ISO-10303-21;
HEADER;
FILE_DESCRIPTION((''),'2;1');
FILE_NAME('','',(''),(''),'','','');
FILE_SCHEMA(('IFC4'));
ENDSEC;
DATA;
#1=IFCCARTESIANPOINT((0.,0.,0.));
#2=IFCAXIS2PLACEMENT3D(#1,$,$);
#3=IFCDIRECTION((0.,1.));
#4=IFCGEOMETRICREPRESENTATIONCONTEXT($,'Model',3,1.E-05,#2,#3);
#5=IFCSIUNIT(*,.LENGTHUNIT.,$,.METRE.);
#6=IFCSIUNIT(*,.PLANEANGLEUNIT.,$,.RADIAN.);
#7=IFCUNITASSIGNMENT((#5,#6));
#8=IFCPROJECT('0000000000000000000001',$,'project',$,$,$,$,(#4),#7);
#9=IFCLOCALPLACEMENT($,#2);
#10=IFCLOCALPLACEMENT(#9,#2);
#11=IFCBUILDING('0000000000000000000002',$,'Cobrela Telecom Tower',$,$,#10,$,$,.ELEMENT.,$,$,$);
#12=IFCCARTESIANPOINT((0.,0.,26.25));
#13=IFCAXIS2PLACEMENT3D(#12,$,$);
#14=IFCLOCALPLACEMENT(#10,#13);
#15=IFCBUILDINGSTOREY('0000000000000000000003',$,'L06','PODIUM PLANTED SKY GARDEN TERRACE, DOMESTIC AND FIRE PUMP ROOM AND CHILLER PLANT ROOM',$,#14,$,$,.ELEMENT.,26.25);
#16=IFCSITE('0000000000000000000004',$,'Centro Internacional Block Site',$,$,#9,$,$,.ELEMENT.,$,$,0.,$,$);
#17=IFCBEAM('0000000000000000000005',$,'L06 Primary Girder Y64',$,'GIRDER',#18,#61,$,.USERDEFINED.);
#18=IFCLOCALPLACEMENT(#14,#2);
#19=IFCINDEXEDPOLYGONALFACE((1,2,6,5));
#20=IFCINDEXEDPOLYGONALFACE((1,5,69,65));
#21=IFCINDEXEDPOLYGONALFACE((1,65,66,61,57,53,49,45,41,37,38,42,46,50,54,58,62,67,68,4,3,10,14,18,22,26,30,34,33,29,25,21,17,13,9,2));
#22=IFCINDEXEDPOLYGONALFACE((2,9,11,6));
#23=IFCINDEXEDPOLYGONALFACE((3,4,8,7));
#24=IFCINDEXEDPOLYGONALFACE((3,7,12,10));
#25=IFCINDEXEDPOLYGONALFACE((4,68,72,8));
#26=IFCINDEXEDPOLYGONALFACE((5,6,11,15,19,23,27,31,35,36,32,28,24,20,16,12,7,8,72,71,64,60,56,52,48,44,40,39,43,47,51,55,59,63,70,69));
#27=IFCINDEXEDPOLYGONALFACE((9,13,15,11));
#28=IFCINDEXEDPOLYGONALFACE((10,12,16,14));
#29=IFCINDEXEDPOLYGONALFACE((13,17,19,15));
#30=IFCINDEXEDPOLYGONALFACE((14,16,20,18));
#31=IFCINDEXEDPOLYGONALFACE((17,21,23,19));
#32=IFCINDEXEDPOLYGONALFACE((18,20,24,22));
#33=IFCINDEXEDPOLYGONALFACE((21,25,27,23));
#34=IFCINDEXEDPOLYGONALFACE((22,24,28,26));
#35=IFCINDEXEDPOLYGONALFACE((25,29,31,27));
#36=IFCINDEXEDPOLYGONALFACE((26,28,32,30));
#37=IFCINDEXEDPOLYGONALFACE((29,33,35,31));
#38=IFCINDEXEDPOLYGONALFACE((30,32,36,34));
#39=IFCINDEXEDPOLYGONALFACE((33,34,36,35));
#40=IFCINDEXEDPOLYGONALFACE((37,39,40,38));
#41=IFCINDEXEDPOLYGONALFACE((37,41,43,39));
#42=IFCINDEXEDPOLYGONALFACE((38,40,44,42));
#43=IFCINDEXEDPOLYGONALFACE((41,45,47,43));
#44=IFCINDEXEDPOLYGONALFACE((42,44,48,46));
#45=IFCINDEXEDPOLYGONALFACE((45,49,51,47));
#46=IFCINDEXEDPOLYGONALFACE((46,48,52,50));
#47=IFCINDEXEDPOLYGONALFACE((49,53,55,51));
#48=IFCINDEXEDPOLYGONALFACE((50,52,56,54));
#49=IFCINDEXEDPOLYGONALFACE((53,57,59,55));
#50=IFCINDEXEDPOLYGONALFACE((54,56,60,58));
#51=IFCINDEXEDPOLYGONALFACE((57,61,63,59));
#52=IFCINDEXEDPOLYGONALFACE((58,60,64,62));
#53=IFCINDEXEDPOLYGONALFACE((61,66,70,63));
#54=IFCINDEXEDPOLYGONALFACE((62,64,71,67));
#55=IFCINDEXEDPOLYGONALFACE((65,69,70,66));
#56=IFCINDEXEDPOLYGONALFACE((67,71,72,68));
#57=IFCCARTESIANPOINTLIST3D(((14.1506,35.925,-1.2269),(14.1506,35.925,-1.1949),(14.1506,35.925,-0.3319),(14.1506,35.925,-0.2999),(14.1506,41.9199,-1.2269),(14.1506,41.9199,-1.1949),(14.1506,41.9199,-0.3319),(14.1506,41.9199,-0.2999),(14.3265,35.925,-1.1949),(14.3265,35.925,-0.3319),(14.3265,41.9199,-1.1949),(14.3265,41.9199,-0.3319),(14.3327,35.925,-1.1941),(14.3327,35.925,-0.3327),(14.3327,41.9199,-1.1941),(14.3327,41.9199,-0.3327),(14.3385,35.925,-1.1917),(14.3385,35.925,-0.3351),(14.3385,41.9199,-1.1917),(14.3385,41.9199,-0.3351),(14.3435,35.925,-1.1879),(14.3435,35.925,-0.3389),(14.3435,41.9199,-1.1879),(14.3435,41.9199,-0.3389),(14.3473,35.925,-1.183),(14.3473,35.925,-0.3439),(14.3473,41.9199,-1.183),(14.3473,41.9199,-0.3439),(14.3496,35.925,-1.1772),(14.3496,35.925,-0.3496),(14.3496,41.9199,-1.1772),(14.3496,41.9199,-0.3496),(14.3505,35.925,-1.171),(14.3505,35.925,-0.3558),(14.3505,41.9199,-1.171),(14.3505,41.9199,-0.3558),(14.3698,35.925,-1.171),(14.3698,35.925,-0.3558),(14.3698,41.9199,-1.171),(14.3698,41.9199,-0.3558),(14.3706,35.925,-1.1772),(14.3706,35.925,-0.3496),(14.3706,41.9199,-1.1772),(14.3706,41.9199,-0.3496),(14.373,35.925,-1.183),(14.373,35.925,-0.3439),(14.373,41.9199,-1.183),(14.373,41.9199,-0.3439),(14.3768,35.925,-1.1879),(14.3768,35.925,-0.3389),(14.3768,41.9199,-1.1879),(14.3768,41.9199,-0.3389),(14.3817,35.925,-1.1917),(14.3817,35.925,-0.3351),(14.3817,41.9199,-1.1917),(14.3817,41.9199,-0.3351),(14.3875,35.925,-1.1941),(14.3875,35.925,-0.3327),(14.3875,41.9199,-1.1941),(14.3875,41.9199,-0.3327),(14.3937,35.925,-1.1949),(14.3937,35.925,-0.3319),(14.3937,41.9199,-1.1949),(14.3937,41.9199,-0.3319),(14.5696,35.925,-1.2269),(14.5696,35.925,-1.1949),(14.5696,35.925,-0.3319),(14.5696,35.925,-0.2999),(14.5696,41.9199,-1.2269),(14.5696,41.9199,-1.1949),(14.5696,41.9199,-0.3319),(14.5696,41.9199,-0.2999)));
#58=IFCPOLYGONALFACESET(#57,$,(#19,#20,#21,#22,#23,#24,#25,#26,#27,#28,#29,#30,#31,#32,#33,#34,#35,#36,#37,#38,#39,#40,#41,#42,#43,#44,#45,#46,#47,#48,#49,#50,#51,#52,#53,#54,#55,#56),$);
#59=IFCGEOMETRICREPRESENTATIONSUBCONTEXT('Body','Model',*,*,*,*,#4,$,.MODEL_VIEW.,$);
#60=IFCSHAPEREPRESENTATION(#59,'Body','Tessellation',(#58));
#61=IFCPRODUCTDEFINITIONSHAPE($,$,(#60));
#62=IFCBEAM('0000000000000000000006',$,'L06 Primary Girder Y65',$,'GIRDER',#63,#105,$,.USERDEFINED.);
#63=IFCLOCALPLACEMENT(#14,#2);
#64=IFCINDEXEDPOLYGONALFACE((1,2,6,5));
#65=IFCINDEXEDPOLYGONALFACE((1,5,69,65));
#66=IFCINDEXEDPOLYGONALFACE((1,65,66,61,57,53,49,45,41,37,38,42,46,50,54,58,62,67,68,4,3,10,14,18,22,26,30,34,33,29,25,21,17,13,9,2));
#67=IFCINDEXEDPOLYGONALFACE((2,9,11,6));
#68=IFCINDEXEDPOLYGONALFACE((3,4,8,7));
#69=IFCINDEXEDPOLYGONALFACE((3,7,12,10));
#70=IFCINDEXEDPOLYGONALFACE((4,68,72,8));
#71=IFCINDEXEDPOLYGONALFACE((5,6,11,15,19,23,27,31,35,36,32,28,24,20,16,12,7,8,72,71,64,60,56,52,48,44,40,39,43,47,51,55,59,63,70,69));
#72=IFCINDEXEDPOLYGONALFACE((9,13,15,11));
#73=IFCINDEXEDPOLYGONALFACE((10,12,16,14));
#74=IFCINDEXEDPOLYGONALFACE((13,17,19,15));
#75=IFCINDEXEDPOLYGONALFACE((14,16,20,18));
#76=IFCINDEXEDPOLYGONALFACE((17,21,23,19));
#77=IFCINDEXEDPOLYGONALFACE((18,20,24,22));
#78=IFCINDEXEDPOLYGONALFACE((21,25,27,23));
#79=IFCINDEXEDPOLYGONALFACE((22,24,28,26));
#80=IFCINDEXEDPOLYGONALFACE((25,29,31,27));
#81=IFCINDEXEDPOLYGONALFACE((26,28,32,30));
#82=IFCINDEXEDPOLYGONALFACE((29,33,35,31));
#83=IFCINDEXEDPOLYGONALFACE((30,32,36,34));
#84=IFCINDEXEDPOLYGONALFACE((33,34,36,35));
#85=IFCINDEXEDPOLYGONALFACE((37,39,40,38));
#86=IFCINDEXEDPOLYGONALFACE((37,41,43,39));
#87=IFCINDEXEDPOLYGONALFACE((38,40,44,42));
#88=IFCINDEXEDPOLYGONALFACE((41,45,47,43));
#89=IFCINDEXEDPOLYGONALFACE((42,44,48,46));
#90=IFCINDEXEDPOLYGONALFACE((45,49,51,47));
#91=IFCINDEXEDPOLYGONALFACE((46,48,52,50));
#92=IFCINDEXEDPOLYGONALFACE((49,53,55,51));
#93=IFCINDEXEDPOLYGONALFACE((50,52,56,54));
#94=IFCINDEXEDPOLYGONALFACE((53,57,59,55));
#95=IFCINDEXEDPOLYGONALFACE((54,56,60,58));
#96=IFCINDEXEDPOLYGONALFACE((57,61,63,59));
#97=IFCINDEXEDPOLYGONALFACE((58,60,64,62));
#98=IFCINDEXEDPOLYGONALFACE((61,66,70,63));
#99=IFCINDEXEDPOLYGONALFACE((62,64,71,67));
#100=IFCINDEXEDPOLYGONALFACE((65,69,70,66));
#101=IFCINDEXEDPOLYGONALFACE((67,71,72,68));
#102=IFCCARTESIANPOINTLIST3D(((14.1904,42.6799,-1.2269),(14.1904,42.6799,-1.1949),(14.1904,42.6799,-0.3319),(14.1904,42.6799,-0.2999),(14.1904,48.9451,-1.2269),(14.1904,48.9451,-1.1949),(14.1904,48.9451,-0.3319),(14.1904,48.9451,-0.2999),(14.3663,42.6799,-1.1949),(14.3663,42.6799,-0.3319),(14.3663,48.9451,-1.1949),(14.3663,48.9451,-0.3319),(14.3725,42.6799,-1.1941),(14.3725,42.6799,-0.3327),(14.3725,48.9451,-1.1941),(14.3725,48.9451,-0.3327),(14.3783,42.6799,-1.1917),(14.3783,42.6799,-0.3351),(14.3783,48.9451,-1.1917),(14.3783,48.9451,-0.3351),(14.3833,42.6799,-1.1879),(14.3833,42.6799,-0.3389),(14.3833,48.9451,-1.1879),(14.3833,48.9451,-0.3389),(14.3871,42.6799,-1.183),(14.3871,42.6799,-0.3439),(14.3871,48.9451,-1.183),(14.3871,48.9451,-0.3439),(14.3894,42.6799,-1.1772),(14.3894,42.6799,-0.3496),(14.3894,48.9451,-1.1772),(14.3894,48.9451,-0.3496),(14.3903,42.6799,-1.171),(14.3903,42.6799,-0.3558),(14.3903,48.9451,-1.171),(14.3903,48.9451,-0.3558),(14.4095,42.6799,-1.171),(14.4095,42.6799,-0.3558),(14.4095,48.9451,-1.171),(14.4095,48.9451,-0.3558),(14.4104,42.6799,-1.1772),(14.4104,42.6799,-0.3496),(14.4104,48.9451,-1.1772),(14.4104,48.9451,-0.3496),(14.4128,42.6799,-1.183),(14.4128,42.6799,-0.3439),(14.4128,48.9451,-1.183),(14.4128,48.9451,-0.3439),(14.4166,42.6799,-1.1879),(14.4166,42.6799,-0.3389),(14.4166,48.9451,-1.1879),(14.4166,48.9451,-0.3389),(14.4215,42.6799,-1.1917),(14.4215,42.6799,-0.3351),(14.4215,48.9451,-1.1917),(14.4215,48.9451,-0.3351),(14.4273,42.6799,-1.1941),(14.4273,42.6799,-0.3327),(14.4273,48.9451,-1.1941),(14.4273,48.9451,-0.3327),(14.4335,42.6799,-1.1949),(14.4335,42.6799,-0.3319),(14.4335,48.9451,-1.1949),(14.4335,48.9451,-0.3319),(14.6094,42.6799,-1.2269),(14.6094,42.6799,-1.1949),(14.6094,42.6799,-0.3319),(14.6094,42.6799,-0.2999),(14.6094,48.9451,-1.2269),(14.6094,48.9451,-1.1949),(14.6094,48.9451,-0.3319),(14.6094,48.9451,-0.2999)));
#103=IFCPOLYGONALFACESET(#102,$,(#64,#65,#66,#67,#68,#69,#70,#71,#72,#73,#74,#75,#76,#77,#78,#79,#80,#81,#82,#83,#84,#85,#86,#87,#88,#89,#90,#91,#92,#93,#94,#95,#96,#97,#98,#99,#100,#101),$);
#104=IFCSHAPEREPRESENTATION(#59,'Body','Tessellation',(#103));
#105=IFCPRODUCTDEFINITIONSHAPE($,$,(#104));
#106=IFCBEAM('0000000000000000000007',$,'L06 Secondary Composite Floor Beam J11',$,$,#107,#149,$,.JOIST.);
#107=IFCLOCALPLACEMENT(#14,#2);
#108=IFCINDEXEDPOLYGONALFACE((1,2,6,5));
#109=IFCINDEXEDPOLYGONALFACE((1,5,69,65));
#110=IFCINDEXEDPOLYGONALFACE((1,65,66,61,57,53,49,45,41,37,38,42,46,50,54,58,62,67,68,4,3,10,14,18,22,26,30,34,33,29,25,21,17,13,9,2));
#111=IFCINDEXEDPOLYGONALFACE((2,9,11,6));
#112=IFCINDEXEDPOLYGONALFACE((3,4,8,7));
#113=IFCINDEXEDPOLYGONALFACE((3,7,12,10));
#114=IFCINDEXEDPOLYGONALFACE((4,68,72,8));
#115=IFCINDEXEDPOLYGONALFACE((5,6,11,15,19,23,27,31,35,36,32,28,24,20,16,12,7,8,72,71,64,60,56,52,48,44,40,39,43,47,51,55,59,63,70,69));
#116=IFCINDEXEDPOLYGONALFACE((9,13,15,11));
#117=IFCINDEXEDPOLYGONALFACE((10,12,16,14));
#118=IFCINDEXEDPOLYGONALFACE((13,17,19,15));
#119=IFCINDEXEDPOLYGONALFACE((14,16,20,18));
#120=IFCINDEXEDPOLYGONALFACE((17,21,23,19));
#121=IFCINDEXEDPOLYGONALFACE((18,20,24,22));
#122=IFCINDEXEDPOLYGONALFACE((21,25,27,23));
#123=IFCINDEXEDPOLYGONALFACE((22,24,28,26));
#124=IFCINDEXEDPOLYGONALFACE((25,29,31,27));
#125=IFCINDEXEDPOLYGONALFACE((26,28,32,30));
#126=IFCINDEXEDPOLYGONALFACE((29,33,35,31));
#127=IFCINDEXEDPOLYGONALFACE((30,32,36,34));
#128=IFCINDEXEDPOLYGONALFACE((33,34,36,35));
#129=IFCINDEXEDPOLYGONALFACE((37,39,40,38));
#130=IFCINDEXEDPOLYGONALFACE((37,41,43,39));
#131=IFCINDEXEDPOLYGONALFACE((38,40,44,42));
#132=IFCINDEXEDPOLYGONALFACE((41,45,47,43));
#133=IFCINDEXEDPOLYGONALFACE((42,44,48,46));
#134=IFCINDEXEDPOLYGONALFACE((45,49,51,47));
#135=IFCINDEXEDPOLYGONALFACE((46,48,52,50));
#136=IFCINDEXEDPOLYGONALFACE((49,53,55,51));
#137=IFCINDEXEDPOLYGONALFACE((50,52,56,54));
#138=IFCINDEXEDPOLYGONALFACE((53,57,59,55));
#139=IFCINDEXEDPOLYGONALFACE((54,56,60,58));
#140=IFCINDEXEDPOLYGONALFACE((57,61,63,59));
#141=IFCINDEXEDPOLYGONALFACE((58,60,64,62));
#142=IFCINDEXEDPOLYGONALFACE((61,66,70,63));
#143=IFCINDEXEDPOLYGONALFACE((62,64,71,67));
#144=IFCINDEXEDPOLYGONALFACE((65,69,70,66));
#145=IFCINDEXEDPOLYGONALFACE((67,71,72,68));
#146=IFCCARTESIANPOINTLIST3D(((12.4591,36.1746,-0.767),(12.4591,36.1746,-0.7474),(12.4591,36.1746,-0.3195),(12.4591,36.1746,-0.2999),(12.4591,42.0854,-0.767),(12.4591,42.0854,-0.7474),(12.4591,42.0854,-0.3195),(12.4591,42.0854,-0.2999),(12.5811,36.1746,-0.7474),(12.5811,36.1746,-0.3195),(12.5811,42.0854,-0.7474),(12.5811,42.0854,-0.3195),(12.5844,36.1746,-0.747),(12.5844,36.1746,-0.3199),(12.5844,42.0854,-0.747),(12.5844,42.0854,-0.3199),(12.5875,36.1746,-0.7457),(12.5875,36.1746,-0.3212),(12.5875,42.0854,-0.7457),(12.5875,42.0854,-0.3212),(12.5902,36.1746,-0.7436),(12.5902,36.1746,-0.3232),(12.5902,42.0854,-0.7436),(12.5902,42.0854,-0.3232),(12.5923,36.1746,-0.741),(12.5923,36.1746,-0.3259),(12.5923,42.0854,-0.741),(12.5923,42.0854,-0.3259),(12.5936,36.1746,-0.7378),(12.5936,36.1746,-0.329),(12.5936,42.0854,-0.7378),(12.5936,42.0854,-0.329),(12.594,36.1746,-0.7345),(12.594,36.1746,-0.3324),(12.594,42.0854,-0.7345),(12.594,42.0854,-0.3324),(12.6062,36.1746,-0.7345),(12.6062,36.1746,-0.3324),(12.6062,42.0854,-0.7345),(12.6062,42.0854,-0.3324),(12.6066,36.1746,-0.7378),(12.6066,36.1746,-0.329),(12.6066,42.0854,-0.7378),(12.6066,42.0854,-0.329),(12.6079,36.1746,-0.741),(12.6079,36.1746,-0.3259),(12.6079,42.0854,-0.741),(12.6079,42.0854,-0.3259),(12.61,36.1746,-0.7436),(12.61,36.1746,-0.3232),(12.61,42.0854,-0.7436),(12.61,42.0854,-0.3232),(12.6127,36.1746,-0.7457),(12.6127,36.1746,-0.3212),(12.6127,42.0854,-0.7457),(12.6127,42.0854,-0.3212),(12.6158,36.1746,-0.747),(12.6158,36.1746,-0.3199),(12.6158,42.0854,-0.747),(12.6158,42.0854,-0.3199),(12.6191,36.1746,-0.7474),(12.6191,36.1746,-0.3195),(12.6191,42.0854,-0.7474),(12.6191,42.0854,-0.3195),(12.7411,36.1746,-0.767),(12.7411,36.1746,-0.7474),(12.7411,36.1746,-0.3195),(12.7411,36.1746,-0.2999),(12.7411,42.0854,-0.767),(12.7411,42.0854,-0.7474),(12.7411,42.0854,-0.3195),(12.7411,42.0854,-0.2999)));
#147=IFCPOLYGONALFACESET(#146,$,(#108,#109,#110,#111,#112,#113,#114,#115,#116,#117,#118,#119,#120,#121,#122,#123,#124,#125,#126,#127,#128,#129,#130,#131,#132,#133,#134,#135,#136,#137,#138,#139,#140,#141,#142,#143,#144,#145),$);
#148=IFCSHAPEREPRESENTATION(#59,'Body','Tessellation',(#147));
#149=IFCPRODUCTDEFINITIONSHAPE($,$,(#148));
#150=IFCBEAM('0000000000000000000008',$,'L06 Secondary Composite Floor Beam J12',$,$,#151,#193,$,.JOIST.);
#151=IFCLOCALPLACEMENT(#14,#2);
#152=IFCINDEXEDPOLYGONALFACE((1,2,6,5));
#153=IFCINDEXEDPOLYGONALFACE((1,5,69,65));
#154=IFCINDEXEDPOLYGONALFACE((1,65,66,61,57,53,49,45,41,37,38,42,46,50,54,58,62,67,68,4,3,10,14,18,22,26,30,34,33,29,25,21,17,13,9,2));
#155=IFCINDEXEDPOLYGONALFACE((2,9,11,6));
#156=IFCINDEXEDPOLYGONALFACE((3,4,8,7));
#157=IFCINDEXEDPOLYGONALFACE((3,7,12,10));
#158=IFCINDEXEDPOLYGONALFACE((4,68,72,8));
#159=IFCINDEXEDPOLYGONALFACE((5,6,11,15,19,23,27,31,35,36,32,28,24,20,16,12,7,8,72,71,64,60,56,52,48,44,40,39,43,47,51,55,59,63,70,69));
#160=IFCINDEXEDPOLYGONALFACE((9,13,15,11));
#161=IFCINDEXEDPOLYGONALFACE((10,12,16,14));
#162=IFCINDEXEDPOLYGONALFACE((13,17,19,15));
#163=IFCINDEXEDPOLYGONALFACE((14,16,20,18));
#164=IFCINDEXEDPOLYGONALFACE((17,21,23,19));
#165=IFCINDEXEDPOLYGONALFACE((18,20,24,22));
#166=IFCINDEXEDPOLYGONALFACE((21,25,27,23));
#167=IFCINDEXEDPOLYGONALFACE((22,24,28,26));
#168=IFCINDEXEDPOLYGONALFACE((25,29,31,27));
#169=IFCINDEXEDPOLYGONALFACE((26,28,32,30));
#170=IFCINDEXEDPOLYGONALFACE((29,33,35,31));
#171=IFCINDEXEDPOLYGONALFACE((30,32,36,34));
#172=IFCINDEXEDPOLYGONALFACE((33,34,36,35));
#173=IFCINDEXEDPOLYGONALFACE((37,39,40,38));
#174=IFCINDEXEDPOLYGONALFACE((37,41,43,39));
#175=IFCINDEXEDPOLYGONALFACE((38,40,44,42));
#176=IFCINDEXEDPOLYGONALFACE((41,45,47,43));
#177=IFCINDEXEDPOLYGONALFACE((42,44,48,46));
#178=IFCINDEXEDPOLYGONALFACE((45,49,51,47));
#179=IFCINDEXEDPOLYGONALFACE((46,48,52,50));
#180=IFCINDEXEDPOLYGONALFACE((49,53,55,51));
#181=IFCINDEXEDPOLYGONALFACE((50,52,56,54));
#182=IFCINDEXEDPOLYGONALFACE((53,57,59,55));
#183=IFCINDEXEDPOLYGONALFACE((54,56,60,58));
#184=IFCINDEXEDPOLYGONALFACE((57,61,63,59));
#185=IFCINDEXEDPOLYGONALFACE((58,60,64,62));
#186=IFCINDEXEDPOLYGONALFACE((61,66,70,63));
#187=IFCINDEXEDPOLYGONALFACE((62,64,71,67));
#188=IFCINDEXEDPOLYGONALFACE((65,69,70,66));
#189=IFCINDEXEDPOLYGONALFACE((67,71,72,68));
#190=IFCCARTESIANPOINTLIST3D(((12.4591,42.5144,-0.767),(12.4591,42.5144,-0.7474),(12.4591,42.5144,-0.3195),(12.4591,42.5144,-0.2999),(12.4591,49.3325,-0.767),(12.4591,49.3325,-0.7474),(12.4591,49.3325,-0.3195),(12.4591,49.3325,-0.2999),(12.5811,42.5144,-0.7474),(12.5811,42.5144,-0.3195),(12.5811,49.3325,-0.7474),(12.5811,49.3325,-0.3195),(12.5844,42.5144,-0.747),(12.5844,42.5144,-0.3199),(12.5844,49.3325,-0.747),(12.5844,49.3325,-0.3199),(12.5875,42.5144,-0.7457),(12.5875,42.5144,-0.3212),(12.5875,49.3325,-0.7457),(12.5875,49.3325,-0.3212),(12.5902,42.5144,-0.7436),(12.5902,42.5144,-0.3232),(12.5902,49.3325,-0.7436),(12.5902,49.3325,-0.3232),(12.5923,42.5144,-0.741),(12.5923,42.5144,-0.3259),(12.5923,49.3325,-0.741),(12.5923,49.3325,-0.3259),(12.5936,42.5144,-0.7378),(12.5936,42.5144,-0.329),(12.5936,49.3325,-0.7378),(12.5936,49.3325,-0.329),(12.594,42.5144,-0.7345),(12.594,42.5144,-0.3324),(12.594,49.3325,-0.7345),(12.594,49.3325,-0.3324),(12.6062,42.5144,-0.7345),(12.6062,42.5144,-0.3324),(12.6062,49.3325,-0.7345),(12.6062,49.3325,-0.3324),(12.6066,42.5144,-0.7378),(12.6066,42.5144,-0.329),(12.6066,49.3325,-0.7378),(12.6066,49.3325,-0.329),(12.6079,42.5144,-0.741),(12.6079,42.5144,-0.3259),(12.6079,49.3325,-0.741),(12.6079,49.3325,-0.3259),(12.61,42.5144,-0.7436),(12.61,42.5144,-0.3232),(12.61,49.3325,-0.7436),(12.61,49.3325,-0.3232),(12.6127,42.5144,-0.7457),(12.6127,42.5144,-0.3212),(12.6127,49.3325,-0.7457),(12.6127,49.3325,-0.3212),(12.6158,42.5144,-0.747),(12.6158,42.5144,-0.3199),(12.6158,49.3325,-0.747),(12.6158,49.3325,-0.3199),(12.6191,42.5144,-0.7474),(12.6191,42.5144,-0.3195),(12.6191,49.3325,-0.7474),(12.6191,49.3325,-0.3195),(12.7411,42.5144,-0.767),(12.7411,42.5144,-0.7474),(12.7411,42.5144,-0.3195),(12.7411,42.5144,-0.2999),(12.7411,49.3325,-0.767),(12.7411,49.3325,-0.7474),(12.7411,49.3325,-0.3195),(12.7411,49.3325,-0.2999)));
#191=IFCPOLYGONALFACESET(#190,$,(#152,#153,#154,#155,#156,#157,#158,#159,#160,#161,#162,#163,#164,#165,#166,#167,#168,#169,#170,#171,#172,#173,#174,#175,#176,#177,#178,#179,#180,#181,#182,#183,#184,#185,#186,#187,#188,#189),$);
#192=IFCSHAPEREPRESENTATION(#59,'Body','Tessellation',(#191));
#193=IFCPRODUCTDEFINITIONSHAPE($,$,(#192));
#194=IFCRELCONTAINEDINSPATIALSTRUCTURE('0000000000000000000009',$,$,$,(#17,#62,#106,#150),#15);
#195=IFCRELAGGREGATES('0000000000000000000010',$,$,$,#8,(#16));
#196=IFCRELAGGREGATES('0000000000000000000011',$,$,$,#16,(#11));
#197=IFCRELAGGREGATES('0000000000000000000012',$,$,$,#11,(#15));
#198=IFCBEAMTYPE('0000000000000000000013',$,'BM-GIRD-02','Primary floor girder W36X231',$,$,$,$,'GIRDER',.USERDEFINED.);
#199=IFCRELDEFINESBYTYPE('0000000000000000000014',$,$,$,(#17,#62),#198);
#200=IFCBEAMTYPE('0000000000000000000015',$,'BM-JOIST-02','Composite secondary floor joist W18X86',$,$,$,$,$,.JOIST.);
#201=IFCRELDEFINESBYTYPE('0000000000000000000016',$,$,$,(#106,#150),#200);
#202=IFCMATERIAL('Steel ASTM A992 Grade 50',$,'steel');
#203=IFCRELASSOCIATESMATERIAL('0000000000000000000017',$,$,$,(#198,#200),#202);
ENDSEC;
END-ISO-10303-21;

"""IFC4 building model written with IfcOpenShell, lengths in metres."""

from ifc_helpers import new_model, si_unit, direction, frame, origin, origin_2d, place, context, subcontext, project, spatial, i_section, extrude, material, material_profile, profile_set, type_object, element, save


model = new_model("IFC4")

# Units and contexts
model_context = context("Model", 3, precision=1e-05, world=origin(), true_north=direction((0.0, 1.0)))
body_context = subcontext(model_context, "Body", "Model", "MODEL_VIEW")
ifc_project = project(units=[si_unit("LENGTHUNIT", "METRE"), si_unit("PLANEANGLEUNIT", "RADIAN")], contexts=[model_context])

# Site, building, storey
site_placement = place(None, origin())
site = spatial("IfcSite", under=ifc_project, at=site_placement, Name="Centro Internacional Block Site", CompositionType="ELEMENT", RefElevation=0.0)
building_placement = place(site_placement, origin())
building = spatial("IfcBuilding", under=site, at=building_placement, Name="Cobrela Telecom Tower", CompositionType="ELEMENT")
storey_placement = place(building_placement, frame((0.0, 0.0, 26.25)))
storey = spatial("IfcBuildingStorey", under=building, at=storey_placement, Name="L06", Description="PODIUM PLANTED SKY GARDEN TERRACE, DOMESTIC AND FIRE PUMP ROOM AND CHILLER PLANT ROOM", CompositionType="ELEMENT", Elevation=26.25)

# Beams
ifc_material_1 = material(Name="Steel ASTM A992 Grade 50", Category="steel")
ifc_material_profile_1 = material_profile(ifc_material_1, i_section(OverallWidth=0.4189, OverallDepth=0.927, WebThickness=0.0193, FlangeThickness=0.032, FilletRadius=0.0239, at=origin_2d()), Name="W36X231")
ifc_profile_set_1 = profile_set([ifc_material_profile_1], Name="Steel ASTM A992 Grade 50")
beam_type_1 = type_object("IfcBeamType", Name="BM-GIRD-02", Description="Primary floor girder W36X231", ElementType="GIRDER", PredefinedType="USERDEFINED", material=ifc_profile_set_1)
beam_1_placement = place(storey_placement, frame((14.3601, 35.925, -0.7634), z_axis=(0.0, 1.0, 0.0), x_axis=(-1.0, 0.0, 0.0)))
element("IfcBeam", 1, at=beam_1_placement, inside=storey, type_object=beam_type_1, Name="L06 Primary Girder Y64", ObjectType="GIRDER", PredefinedType="USERDEFINED", context=body_context, shape_type="SweptSolid", body=[
    extrude(i_section(OverallWidth=0.4189, OverallDepth=0.927, WebThickness=0.0193, FlangeThickness=0.032, FilletRadius=0.0239, at=origin_2d()), origin(), (0.0, 0.0, 1.0), 5.9949),
])
beam_2_placement = place(storey_placement, frame((14.3999, 42.6799, -0.7634), z_axis=(0.0, 1.0, 0.0), x_axis=(-1.0, 0.0, 0.0)))
element("IfcBeam", 2, at=beam_2_placement, inside=storey, type_object=beam_type_1, Name="L06 Primary Girder Y65", ObjectType="GIRDER", PredefinedType="USERDEFINED", context=body_context, shape_type="SweptSolid", body=[
    extrude(i_section(OverallWidth=0.4189, OverallDepth=0.927, WebThickness=0.0193, FlangeThickness=0.032, FilletRadius=0.0239, at=origin_2d()), origin(), (0.0, 0.0, 1.0), 6.2651),
])
ifc_material_profile_2 = material_profile(ifc_material_1, i_section(OverallWidth=0.282, OverallDepth=0.467, WebThickness=0.0122, FlangeThickness=0.0195, FilletRadius=0.0129, at=origin_2d()), Name="W18X86")
ifc_profile_set_2 = profile_set([ifc_material_profile_2], Name="Steel ASTM A992 Grade 50")
beam_type_2 = type_object("IfcBeamType", Name="BM-JOIST-02", Description="Composite secondary floor joist W18X86", PredefinedType="JOIST", material=ifc_profile_set_2)
beam_3_placement = place(storey_placement, frame((12.6001, 36.1746, -0.5334), z_axis=(0.0, 1.0, 0.0), x_axis=(-1.0, 0.0, 0.0)))
element("IfcBeam", 3, at=beam_3_placement, inside=storey, type_object=beam_type_2, Name="L06 Secondary Composite Floor Beam J11", PredefinedType="JOIST", context=body_context, shape_type="SweptSolid", body=[
    extrude(i_section(OverallWidth=0.282, OverallDepth=0.467, WebThickness=0.0122, FlangeThickness=0.0195, FilletRadius=0.0129, at=origin_2d()), origin(), (0.0, 0.0, 1.0), 5.9109),
])
beam_4_placement = place(storey_placement, frame((12.6001, 42.5144, -0.5334), z_axis=(0.0, 1.0, 0.0), x_axis=(-1.0, 0.0, 0.0)))
element("IfcBeam", 4, at=beam_4_placement, inside=storey, type_object=beam_type_2, Name="L06 Secondary Composite Floor Beam J12", PredefinedType="JOIST", context=body_context, shape_type="SweptSolid", body=[
    extrude(i_section(OverallWidth=0.282, OverallDepth=0.467, WebThickness=0.0122, FlangeThickness=0.0195, FilletRadius=0.0129, at=origin_2d()), origin(), (0.0, 0.0, 1.0), 6.8181),
])

save(model, "model.ifc")
